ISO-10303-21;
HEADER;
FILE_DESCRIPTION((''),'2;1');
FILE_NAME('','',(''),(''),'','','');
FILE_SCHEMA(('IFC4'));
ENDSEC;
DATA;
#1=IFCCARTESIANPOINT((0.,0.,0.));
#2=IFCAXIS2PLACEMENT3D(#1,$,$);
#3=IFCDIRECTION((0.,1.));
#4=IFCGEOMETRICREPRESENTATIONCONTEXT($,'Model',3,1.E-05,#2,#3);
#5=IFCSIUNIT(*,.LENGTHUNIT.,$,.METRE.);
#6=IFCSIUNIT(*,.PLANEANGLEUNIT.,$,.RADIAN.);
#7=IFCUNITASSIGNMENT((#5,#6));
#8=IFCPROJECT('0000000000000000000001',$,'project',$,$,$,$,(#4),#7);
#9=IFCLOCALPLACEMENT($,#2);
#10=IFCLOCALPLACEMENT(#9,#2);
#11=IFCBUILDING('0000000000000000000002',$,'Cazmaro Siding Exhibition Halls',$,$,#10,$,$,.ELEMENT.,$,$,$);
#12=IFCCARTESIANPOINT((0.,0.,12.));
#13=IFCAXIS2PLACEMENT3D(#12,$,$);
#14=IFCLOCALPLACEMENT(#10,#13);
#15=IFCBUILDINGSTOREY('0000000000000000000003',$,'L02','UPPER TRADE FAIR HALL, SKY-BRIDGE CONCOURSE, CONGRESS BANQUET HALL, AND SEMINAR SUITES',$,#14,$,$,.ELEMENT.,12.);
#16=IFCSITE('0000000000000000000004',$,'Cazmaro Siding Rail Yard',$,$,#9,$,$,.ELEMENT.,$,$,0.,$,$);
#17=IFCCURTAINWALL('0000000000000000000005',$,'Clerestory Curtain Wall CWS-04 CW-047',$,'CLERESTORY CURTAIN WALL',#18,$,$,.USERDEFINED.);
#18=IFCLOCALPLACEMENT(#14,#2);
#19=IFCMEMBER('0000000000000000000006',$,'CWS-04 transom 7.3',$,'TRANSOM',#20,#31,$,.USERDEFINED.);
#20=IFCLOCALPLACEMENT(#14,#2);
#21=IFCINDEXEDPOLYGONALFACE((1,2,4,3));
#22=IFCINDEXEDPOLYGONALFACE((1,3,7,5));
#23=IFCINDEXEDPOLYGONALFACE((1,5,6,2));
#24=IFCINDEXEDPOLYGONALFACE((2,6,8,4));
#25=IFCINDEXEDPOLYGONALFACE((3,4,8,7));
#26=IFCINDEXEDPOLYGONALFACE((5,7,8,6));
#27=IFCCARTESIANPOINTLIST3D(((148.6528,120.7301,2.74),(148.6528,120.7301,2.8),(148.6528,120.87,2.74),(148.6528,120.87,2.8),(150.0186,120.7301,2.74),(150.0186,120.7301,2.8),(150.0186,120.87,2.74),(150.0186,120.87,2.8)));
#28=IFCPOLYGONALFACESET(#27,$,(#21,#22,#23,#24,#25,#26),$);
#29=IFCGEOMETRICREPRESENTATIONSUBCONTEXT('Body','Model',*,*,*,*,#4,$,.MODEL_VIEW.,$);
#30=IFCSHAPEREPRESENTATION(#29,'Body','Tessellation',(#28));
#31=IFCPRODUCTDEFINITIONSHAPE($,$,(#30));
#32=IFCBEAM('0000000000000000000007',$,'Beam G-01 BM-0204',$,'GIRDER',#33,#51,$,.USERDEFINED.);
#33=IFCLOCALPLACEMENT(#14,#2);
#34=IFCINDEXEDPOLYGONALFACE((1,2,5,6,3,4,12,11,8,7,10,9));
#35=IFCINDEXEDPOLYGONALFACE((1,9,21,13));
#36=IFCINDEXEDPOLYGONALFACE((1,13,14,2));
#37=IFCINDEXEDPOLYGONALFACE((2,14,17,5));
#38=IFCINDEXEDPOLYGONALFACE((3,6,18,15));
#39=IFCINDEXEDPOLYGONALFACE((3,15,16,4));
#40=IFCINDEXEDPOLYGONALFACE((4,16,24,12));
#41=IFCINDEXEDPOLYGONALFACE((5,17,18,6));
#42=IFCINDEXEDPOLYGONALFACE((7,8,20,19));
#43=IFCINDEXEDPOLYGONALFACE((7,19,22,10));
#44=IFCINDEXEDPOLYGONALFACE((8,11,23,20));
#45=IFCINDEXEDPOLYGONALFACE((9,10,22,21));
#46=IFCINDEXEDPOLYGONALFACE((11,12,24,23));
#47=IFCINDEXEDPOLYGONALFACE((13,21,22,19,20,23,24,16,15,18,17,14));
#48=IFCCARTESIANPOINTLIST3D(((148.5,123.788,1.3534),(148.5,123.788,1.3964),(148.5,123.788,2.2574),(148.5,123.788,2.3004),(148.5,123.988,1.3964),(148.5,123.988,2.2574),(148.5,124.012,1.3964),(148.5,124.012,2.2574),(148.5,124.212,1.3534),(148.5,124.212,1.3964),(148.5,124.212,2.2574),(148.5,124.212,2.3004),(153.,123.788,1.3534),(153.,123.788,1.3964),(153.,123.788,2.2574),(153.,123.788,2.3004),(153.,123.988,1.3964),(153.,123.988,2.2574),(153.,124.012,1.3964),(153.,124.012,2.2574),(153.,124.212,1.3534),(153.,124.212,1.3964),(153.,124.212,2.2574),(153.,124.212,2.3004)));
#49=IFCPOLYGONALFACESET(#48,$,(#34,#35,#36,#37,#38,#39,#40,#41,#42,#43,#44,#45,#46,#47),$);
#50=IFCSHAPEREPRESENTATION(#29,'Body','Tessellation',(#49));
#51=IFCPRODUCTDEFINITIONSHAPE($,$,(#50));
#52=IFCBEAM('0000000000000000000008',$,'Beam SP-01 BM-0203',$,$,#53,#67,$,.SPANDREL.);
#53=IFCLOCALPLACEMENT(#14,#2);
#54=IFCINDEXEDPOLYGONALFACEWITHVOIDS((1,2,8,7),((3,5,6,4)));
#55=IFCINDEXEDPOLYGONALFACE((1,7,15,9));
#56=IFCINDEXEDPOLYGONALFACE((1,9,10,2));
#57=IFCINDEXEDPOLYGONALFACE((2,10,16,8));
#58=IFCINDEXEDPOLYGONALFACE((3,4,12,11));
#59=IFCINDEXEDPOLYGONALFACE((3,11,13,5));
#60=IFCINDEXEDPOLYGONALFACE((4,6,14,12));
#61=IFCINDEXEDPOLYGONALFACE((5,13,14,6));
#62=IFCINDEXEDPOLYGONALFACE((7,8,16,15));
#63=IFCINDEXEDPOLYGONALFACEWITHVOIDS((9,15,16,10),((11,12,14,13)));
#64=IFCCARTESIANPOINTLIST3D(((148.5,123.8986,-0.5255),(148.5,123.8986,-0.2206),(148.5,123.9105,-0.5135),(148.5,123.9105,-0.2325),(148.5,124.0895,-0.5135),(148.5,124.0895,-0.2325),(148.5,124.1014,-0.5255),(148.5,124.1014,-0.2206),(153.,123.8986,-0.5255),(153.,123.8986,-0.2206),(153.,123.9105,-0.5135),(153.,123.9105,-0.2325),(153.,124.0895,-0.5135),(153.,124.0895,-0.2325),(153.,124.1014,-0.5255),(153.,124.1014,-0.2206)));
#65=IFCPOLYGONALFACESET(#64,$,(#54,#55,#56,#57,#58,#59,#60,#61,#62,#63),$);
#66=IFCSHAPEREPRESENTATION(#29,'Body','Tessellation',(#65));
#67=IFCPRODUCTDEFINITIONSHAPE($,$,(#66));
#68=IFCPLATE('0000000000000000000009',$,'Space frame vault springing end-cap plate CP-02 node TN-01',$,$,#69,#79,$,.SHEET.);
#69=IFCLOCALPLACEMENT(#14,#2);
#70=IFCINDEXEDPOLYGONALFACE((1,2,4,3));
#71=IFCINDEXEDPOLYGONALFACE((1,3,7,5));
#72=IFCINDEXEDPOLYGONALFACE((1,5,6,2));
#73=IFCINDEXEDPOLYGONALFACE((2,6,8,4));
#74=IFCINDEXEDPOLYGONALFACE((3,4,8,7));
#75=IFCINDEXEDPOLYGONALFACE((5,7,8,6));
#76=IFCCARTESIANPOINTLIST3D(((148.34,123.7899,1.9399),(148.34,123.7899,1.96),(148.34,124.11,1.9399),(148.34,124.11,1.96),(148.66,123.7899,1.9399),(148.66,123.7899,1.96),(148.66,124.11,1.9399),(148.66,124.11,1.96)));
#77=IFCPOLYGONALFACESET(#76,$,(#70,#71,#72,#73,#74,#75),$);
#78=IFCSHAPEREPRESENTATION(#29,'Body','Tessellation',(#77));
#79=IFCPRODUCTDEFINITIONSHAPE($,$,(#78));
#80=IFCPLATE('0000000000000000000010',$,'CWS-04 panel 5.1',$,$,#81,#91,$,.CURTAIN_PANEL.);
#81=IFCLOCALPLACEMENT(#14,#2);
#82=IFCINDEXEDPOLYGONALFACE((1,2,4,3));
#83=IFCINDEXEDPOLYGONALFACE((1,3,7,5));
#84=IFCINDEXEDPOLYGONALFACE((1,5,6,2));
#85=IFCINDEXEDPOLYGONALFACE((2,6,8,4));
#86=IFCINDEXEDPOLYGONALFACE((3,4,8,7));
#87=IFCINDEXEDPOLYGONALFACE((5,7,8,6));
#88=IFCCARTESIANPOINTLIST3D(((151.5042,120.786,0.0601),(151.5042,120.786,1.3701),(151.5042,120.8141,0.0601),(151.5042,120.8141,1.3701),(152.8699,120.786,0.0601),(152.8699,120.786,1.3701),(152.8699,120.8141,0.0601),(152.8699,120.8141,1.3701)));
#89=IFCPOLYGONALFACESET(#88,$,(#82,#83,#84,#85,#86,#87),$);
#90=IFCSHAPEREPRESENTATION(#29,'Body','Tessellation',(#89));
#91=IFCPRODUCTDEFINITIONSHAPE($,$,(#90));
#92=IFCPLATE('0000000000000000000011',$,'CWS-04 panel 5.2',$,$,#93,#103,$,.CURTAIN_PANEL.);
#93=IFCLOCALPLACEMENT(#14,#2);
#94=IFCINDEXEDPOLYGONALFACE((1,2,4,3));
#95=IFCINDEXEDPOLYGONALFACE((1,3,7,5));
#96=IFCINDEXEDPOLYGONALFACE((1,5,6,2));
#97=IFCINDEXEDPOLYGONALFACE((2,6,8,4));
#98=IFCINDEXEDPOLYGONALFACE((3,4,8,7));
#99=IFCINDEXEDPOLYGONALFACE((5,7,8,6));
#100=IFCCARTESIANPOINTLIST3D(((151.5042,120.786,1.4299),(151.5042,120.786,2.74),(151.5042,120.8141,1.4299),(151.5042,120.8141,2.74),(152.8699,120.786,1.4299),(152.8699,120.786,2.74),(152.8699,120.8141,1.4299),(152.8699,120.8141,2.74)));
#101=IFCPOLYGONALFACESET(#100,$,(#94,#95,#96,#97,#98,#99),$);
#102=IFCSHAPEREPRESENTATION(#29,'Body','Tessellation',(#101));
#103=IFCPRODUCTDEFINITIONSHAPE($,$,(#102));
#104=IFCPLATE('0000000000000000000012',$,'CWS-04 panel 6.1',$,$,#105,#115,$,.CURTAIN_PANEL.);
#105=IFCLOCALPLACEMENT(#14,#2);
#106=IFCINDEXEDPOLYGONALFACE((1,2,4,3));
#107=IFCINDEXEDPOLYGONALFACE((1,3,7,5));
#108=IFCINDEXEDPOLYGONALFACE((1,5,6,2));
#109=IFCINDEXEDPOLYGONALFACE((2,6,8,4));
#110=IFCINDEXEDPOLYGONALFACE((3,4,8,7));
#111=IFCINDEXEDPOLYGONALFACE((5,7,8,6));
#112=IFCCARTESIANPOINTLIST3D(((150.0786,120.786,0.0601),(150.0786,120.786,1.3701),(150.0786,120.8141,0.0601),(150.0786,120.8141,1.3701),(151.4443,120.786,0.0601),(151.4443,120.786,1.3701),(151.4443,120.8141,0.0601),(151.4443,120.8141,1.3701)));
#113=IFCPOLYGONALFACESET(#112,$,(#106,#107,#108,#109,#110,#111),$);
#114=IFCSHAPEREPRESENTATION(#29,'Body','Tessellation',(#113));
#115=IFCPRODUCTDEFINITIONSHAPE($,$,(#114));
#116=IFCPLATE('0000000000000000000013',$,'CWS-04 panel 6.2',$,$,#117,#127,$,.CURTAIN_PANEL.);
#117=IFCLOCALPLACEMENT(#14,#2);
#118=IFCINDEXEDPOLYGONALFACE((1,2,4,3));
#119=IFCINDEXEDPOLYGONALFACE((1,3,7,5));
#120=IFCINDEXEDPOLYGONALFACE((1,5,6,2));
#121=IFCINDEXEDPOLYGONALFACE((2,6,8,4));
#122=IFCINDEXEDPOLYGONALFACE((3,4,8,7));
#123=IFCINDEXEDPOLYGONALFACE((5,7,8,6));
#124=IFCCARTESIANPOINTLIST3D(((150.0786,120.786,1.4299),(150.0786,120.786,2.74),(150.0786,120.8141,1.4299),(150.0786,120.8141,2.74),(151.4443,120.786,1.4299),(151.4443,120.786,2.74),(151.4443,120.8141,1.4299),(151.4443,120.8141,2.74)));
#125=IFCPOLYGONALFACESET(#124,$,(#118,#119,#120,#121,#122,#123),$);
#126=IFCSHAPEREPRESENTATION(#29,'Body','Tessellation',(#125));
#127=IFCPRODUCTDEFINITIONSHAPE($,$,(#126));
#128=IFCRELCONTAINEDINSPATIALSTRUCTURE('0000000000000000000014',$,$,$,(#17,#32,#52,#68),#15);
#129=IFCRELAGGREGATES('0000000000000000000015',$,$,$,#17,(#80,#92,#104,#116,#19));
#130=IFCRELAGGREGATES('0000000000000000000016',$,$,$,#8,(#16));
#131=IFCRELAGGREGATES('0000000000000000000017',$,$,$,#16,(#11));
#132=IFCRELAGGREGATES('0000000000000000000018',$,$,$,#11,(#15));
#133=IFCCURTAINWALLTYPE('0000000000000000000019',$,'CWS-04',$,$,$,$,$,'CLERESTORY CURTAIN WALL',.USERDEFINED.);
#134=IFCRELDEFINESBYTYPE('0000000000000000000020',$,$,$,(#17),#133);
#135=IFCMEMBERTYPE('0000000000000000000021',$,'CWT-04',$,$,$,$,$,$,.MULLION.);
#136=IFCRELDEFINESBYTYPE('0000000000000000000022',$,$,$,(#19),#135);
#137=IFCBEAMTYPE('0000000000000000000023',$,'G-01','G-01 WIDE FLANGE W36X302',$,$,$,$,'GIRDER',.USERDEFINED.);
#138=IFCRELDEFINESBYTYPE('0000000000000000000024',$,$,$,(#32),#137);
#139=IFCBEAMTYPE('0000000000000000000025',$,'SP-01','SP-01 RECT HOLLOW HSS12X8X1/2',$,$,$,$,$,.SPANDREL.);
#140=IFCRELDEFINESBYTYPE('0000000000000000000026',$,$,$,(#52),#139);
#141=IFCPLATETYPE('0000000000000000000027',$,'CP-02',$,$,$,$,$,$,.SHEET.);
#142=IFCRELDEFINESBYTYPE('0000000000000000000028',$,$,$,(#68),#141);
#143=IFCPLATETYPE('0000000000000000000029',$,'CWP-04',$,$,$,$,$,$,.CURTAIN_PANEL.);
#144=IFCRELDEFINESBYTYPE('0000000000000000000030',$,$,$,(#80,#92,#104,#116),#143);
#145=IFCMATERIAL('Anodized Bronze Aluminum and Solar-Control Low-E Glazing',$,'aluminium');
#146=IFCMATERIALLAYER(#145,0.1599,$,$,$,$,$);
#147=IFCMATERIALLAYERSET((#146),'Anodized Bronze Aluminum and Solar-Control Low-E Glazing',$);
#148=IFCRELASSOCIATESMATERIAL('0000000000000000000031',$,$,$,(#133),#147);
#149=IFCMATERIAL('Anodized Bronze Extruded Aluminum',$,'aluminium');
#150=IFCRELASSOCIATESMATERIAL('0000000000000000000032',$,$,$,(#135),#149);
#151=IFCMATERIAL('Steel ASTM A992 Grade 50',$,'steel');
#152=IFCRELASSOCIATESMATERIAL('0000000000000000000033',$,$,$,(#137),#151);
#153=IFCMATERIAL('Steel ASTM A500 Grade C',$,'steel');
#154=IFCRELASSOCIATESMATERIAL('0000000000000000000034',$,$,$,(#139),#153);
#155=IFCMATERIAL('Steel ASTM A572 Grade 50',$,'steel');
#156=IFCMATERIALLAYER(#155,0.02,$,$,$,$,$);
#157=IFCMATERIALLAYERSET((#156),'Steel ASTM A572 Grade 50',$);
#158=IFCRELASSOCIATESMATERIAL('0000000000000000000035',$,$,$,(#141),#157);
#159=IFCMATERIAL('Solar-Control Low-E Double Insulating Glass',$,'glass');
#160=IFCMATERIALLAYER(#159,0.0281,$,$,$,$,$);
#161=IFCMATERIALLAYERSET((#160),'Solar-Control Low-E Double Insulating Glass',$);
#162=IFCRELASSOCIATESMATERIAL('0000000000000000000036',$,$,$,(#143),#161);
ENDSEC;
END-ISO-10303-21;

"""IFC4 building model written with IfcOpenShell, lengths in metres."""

from ifc_helpers import new_model, si_unit, direction, frame, origin, origin_2d, place, context, subcontext, project, spatial, rectangle, hollow_rectangle, i_section, extrude, material, layer, layer_set, material_profile, profile_set, type_object, element, aggregate, save


model = new_model("IFC4")

# Units and contexts
model_context = context("Model", 3, precision=1e-05, world=origin(), true_north=direction((0.0, 1.0)))
body_context = subcontext(model_context, "Body", "Model", "MODEL_VIEW")
ifc_project = project(units=[si_unit("LENGTHUNIT", "METRE"), si_unit("PLANEANGLEUNIT", "RADIAN")], contexts=[model_context])

# Site, building, storey
site_placement = place(None, origin())
site = spatial("IfcSite", under=ifc_project, at=site_placement, Name="Cazmaro Siding Rail Yard", CompositionType="ELEMENT", RefElevation=0.0)
building_placement = place(site_placement, origin())
building = spatial("IfcBuilding", under=site, at=building_placement, Name="Cazmaro Siding Exhibition Halls", CompositionType="ELEMENT")
storey_placement = place(building_placement, frame((0.0, 0.0, 12.0)))
storey = spatial("IfcBuildingStorey", under=building, at=storey_placement, Name="L02", Description="UPPER TRADE FAIR HALL, SKY-BRIDGE CONCOURSE, CONGRESS BANQUET HALL, AND SEMINAR SUITES", CompositionType="ELEMENT", Elevation=12.0)

# Curtain wall, member
ifc_material_1 = material(Name="Anodized Bronze Aluminum and Solar-Control Low-E Glazing", Category="aluminium")
ifc_layer_1 = layer(ifc_material_1, 0.1599)
ifc_layer_set_1 = layer_set([ifc_layer_1], Name="Anodized Bronze Aluminum and Solar-Control Low-E Glazing")
curtain_wall_type = type_object("IfcCurtainWallType", Name="CWS-04", ElementType="CLERESTORY CURTAIN WALL", PredefinedType="USERDEFINED", material=ifc_layer_set_1)
curtain_wall_placement = place(storey_placement, origin())
curtain_wall = element("IfcCurtainWall", 1, at=curtain_wall_placement, inside=storey, type_object=curtain_wall_type, Name="Clerestory Curtain Wall CWS-04 CW-047", ObjectType="CLERESTORY CURTAIN WALL", PredefinedType="USERDEFINED")
ifc_material_2 = material(Name="Anodized Bronze Extruded Aluminum", Category="aluminium")
ifc_material_profile_1 = material_profile(ifc_material_2, rectangle(XDim=0.1399, YDim=0.0601, at=origin_2d()), Name="CWT-04")
ifc_profile_set_1 = profile_set([ifc_material_profile_1], Name="Anodized Bronze Extruded Aluminum")
member_type_1 = type_object("IfcMemberType", Name="CWT-04", PredefinedType="MULLION", material=ifc_profile_set_1)
member_1_placement = place(storey_placement, frame((150.0186, 120.8, 2.77), z_axis=(-1.0, 0.0, 0.0), x_axis=(0.0, -1.0, 0.0)))
member_1 = element("IfcMember", 2, at=member_1_placement, type_object=member_type_1, Name="CWS-04 transom 7.3", ObjectType="TRANSOM", PredefinedType="USERDEFINED", context=body_context, shape_type="SweptSolid", body=[
    extrude(rectangle(XDim=0.1399, YDim=0.0601, at=origin_2d()), origin(), (0.0, 0.0, 1.0), 1.3657),
])

# Beams
ifc_material_3 = material(Name="Steel ASTM A992 Grade 50", Category="steel")
ifc_material_profile_2 = material_profile(ifc_material_3, i_section(OverallWidth=0.4241, OverallDepth=0.947, WebThickness=0.0239, FlangeThickness=0.043, at=origin_2d()), Name="W36X302")
ifc_profile_set_2 = profile_set([ifc_material_profile_2], Name="Steel ASTM A992 Grade 50")
beam_type_1 = type_object("IfcBeamType", Name="G-01", Description="G-01 WIDE FLANGE W36X302", ElementType="GIRDER", PredefinedType="USERDEFINED", material=ifc_profile_set_2)
beam_1_placement = place(storey_placement, frame((148.5, 124.0, 1.8269), z_axis=(1.0, 0.0, 0.0), x_axis=(0.0, 1.0, 0.0)))
element("IfcBeam", 3, at=beam_1_placement, inside=storey, type_object=beam_type_1, Name="Beam G-01 BM-0204", ObjectType="GIRDER", PredefinedType="USERDEFINED", context=body_context, shape_type="SweptSolid", body=[
    extrude(i_section(OverallWidth=0.4241, OverallDepth=0.947, WebThickness=0.0239, FlangeThickness=0.043, at=origin_2d()), origin(), (0.0, 0.0, 1.0), 4.5),
])
ifc_material_4 = material(Name="Steel ASTM A500 Grade C", Category="steel")
ifc_material_profile_3 = material_profile(ifc_material_4, hollow_rectangle(XDim=0.2029, YDim=0.3049, WallThickness=0.012, at=origin_2d()), Name="HSS12X8X1/2")
ifc_profile_set_3 = profile_set([ifc_material_profile_3], Name="Steel ASTM A500 Grade C")
beam_type_2 = type_object("IfcBeamType", Name="SP-01", Description="SP-01 RECT HOLLOW HSS12X8X1/2", PredefinedType="SPANDREL", material=ifc_profile_set_3)
beam_2_placement = place(storey_placement, frame((148.5, 124.0, -0.373), z_axis=(1.0, 0.0, 0.0), x_axis=(0.0, 1.0, 0.0)))
element("IfcBeam", 4, at=beam_2_placement, inside=storey, type_object=beam_type_2, Name="Beam SP-01 BM-0203", PredefinedType="SPANDREL", context=body_context, shape_type="SweptSolid", body=[
    extrude(hollow_rectangle(XDim=0.2029, YDim=0.3049, WallThickness=0.012, at=origin_2d()), origin(), (0.0, 0.0, 1.0), 4.5),
])

# Plates
ifc_material_5 = material(Name="Steel ASTM A572 Grade 50", Category="steel")
ifc_layer_2 = layer(ifc_material_5, 0.02)
ifc_layer_set_2 = layer_set([ifc_layer_2], Name="Steel ASTM A572 Grade 50")
plate_type_1 = type_object("IfcPlateType", Name="CP-02", PredefinedType="SHEET", material=ifc_layer_set_2)
plate_1_placement = place(storey_placement, frame((148.5, 123.95, 1.9399), z_axis=(0.0, 0.0, 1.0), x_axis=(1.0, 0.0, 0.0)))
element("IfcPlate", 5, at=plate_1_placement, inside=storey, type_object=plate_type_1, Name="Space frame vault springing end-cap plate CP-02 node TN-01", PredefinedType="SHEET", context=body_context, shape_type="SweptSolid", body=[
    extrude(rectangle(XDim=0.3201, YDim=0.3201, at=origin_2d()), origin(), (0.0, 0.0, 1.0), 0.02),
])
ifc_material_6 = material(Name="Solar-Control Low-E Double Insulating Glass", Category="glass")
ifc_layer_3 = layer(ifc_material_6, 0.0281)
ifc_layer_set_3 = layer_set([ifc_layer_3], Name="Solar-Control Low-E Double Insulating Glass")
plate_type_2 = type_object("IfcPlateType", Name="CWP-04", PredefinedType="CURTAIN_PANEL", material=ifc_layer_set_3)
plate_2_placement = place(storey_placement, frame((152.187, 120.8, 0.0601), z_axis=(0.0, 0.0, 1.0), x_axis=(-1.0, 0.0, 0.0)))
plate_2 = element("IfcPlate", 6, at=plate_2_placement, type_object=plate_type_2, Name="CWS-04 panel 5.1", PredefinedType="CURTAIN_PANEL", context=body_context, shape_type="SweptSolid", body=[
    extrude(rectangle(XDim=1.3657, YDim=0.0281, at=origin_2d()), origin(), (0.0, 0.0, 1.0), 1.3101),
])
plate_3_placement = place(storey_placement, frame((152.187, 120.8, 1.4299), z_axis=(0.0, 0.0, 1.0), x_axis=(-1.0, 0.0, 0.0)))
plate_3 = element("IfcPlate", 7, at=plate_3_placement, type_object=plate_type_2, Name="CWS-04 panel 5.2", PredefinedType="CURTAIN_PANEL", context=body_context, shape_type="SweptSolid", body=[
    extrude(rectangle(XDim=1.3657, YDim=0.0281, at=origin_2d()), origin(), (0.0, 0.0, 1.0), 1.3101),
])
plate_4_placement = place(storey_placement, frame((150.7615, 120.8, 0.0601), z_axis=(0.0, 0.0, 1.0), x_axis=(-1.0, 0.0, 0.0)))
plate_4 = element("IfcPlate", 8, at=plate_4_placement, type_object=plate_type_2, Name="CWS-04 panel 6.1", PredefinedType="CURTAIN_PANEL", context=body_context, shape_type="SweptSolid", body=[
    extrude(rectangle(XDim=1.3657, YDim=0.0281, at=origin_2d()), origin(), (0.0, 0.0, 1.0), 1.3101),
])
plate_5_placement = place(storey_placement, frame((150.7615, 120.8, 1.4299), z_axis=(0.0, 0.0, 1.0), x_axis=(-1.0, 0.0, 0.0)))
plate_5 = element("IfcPlate", 9, at=plate_5_placement, type_object=plate_type_2, Name="CWS-04 panel 6.2", PredefinedType="CURTAIN_PANEL", context=body_context, shape_type="SweptSolid", body=[
    extrude(rectangle(XDim=1.3657, YDim=0.0281, at=origin_2d()), origin(), (0.0, 0.0, 1.0), 1.3101),
])
aggregate(curtain_wall, [plate_2, plate_3, plate_4, plate_5, member_1])

save(model, "model.ifc")
